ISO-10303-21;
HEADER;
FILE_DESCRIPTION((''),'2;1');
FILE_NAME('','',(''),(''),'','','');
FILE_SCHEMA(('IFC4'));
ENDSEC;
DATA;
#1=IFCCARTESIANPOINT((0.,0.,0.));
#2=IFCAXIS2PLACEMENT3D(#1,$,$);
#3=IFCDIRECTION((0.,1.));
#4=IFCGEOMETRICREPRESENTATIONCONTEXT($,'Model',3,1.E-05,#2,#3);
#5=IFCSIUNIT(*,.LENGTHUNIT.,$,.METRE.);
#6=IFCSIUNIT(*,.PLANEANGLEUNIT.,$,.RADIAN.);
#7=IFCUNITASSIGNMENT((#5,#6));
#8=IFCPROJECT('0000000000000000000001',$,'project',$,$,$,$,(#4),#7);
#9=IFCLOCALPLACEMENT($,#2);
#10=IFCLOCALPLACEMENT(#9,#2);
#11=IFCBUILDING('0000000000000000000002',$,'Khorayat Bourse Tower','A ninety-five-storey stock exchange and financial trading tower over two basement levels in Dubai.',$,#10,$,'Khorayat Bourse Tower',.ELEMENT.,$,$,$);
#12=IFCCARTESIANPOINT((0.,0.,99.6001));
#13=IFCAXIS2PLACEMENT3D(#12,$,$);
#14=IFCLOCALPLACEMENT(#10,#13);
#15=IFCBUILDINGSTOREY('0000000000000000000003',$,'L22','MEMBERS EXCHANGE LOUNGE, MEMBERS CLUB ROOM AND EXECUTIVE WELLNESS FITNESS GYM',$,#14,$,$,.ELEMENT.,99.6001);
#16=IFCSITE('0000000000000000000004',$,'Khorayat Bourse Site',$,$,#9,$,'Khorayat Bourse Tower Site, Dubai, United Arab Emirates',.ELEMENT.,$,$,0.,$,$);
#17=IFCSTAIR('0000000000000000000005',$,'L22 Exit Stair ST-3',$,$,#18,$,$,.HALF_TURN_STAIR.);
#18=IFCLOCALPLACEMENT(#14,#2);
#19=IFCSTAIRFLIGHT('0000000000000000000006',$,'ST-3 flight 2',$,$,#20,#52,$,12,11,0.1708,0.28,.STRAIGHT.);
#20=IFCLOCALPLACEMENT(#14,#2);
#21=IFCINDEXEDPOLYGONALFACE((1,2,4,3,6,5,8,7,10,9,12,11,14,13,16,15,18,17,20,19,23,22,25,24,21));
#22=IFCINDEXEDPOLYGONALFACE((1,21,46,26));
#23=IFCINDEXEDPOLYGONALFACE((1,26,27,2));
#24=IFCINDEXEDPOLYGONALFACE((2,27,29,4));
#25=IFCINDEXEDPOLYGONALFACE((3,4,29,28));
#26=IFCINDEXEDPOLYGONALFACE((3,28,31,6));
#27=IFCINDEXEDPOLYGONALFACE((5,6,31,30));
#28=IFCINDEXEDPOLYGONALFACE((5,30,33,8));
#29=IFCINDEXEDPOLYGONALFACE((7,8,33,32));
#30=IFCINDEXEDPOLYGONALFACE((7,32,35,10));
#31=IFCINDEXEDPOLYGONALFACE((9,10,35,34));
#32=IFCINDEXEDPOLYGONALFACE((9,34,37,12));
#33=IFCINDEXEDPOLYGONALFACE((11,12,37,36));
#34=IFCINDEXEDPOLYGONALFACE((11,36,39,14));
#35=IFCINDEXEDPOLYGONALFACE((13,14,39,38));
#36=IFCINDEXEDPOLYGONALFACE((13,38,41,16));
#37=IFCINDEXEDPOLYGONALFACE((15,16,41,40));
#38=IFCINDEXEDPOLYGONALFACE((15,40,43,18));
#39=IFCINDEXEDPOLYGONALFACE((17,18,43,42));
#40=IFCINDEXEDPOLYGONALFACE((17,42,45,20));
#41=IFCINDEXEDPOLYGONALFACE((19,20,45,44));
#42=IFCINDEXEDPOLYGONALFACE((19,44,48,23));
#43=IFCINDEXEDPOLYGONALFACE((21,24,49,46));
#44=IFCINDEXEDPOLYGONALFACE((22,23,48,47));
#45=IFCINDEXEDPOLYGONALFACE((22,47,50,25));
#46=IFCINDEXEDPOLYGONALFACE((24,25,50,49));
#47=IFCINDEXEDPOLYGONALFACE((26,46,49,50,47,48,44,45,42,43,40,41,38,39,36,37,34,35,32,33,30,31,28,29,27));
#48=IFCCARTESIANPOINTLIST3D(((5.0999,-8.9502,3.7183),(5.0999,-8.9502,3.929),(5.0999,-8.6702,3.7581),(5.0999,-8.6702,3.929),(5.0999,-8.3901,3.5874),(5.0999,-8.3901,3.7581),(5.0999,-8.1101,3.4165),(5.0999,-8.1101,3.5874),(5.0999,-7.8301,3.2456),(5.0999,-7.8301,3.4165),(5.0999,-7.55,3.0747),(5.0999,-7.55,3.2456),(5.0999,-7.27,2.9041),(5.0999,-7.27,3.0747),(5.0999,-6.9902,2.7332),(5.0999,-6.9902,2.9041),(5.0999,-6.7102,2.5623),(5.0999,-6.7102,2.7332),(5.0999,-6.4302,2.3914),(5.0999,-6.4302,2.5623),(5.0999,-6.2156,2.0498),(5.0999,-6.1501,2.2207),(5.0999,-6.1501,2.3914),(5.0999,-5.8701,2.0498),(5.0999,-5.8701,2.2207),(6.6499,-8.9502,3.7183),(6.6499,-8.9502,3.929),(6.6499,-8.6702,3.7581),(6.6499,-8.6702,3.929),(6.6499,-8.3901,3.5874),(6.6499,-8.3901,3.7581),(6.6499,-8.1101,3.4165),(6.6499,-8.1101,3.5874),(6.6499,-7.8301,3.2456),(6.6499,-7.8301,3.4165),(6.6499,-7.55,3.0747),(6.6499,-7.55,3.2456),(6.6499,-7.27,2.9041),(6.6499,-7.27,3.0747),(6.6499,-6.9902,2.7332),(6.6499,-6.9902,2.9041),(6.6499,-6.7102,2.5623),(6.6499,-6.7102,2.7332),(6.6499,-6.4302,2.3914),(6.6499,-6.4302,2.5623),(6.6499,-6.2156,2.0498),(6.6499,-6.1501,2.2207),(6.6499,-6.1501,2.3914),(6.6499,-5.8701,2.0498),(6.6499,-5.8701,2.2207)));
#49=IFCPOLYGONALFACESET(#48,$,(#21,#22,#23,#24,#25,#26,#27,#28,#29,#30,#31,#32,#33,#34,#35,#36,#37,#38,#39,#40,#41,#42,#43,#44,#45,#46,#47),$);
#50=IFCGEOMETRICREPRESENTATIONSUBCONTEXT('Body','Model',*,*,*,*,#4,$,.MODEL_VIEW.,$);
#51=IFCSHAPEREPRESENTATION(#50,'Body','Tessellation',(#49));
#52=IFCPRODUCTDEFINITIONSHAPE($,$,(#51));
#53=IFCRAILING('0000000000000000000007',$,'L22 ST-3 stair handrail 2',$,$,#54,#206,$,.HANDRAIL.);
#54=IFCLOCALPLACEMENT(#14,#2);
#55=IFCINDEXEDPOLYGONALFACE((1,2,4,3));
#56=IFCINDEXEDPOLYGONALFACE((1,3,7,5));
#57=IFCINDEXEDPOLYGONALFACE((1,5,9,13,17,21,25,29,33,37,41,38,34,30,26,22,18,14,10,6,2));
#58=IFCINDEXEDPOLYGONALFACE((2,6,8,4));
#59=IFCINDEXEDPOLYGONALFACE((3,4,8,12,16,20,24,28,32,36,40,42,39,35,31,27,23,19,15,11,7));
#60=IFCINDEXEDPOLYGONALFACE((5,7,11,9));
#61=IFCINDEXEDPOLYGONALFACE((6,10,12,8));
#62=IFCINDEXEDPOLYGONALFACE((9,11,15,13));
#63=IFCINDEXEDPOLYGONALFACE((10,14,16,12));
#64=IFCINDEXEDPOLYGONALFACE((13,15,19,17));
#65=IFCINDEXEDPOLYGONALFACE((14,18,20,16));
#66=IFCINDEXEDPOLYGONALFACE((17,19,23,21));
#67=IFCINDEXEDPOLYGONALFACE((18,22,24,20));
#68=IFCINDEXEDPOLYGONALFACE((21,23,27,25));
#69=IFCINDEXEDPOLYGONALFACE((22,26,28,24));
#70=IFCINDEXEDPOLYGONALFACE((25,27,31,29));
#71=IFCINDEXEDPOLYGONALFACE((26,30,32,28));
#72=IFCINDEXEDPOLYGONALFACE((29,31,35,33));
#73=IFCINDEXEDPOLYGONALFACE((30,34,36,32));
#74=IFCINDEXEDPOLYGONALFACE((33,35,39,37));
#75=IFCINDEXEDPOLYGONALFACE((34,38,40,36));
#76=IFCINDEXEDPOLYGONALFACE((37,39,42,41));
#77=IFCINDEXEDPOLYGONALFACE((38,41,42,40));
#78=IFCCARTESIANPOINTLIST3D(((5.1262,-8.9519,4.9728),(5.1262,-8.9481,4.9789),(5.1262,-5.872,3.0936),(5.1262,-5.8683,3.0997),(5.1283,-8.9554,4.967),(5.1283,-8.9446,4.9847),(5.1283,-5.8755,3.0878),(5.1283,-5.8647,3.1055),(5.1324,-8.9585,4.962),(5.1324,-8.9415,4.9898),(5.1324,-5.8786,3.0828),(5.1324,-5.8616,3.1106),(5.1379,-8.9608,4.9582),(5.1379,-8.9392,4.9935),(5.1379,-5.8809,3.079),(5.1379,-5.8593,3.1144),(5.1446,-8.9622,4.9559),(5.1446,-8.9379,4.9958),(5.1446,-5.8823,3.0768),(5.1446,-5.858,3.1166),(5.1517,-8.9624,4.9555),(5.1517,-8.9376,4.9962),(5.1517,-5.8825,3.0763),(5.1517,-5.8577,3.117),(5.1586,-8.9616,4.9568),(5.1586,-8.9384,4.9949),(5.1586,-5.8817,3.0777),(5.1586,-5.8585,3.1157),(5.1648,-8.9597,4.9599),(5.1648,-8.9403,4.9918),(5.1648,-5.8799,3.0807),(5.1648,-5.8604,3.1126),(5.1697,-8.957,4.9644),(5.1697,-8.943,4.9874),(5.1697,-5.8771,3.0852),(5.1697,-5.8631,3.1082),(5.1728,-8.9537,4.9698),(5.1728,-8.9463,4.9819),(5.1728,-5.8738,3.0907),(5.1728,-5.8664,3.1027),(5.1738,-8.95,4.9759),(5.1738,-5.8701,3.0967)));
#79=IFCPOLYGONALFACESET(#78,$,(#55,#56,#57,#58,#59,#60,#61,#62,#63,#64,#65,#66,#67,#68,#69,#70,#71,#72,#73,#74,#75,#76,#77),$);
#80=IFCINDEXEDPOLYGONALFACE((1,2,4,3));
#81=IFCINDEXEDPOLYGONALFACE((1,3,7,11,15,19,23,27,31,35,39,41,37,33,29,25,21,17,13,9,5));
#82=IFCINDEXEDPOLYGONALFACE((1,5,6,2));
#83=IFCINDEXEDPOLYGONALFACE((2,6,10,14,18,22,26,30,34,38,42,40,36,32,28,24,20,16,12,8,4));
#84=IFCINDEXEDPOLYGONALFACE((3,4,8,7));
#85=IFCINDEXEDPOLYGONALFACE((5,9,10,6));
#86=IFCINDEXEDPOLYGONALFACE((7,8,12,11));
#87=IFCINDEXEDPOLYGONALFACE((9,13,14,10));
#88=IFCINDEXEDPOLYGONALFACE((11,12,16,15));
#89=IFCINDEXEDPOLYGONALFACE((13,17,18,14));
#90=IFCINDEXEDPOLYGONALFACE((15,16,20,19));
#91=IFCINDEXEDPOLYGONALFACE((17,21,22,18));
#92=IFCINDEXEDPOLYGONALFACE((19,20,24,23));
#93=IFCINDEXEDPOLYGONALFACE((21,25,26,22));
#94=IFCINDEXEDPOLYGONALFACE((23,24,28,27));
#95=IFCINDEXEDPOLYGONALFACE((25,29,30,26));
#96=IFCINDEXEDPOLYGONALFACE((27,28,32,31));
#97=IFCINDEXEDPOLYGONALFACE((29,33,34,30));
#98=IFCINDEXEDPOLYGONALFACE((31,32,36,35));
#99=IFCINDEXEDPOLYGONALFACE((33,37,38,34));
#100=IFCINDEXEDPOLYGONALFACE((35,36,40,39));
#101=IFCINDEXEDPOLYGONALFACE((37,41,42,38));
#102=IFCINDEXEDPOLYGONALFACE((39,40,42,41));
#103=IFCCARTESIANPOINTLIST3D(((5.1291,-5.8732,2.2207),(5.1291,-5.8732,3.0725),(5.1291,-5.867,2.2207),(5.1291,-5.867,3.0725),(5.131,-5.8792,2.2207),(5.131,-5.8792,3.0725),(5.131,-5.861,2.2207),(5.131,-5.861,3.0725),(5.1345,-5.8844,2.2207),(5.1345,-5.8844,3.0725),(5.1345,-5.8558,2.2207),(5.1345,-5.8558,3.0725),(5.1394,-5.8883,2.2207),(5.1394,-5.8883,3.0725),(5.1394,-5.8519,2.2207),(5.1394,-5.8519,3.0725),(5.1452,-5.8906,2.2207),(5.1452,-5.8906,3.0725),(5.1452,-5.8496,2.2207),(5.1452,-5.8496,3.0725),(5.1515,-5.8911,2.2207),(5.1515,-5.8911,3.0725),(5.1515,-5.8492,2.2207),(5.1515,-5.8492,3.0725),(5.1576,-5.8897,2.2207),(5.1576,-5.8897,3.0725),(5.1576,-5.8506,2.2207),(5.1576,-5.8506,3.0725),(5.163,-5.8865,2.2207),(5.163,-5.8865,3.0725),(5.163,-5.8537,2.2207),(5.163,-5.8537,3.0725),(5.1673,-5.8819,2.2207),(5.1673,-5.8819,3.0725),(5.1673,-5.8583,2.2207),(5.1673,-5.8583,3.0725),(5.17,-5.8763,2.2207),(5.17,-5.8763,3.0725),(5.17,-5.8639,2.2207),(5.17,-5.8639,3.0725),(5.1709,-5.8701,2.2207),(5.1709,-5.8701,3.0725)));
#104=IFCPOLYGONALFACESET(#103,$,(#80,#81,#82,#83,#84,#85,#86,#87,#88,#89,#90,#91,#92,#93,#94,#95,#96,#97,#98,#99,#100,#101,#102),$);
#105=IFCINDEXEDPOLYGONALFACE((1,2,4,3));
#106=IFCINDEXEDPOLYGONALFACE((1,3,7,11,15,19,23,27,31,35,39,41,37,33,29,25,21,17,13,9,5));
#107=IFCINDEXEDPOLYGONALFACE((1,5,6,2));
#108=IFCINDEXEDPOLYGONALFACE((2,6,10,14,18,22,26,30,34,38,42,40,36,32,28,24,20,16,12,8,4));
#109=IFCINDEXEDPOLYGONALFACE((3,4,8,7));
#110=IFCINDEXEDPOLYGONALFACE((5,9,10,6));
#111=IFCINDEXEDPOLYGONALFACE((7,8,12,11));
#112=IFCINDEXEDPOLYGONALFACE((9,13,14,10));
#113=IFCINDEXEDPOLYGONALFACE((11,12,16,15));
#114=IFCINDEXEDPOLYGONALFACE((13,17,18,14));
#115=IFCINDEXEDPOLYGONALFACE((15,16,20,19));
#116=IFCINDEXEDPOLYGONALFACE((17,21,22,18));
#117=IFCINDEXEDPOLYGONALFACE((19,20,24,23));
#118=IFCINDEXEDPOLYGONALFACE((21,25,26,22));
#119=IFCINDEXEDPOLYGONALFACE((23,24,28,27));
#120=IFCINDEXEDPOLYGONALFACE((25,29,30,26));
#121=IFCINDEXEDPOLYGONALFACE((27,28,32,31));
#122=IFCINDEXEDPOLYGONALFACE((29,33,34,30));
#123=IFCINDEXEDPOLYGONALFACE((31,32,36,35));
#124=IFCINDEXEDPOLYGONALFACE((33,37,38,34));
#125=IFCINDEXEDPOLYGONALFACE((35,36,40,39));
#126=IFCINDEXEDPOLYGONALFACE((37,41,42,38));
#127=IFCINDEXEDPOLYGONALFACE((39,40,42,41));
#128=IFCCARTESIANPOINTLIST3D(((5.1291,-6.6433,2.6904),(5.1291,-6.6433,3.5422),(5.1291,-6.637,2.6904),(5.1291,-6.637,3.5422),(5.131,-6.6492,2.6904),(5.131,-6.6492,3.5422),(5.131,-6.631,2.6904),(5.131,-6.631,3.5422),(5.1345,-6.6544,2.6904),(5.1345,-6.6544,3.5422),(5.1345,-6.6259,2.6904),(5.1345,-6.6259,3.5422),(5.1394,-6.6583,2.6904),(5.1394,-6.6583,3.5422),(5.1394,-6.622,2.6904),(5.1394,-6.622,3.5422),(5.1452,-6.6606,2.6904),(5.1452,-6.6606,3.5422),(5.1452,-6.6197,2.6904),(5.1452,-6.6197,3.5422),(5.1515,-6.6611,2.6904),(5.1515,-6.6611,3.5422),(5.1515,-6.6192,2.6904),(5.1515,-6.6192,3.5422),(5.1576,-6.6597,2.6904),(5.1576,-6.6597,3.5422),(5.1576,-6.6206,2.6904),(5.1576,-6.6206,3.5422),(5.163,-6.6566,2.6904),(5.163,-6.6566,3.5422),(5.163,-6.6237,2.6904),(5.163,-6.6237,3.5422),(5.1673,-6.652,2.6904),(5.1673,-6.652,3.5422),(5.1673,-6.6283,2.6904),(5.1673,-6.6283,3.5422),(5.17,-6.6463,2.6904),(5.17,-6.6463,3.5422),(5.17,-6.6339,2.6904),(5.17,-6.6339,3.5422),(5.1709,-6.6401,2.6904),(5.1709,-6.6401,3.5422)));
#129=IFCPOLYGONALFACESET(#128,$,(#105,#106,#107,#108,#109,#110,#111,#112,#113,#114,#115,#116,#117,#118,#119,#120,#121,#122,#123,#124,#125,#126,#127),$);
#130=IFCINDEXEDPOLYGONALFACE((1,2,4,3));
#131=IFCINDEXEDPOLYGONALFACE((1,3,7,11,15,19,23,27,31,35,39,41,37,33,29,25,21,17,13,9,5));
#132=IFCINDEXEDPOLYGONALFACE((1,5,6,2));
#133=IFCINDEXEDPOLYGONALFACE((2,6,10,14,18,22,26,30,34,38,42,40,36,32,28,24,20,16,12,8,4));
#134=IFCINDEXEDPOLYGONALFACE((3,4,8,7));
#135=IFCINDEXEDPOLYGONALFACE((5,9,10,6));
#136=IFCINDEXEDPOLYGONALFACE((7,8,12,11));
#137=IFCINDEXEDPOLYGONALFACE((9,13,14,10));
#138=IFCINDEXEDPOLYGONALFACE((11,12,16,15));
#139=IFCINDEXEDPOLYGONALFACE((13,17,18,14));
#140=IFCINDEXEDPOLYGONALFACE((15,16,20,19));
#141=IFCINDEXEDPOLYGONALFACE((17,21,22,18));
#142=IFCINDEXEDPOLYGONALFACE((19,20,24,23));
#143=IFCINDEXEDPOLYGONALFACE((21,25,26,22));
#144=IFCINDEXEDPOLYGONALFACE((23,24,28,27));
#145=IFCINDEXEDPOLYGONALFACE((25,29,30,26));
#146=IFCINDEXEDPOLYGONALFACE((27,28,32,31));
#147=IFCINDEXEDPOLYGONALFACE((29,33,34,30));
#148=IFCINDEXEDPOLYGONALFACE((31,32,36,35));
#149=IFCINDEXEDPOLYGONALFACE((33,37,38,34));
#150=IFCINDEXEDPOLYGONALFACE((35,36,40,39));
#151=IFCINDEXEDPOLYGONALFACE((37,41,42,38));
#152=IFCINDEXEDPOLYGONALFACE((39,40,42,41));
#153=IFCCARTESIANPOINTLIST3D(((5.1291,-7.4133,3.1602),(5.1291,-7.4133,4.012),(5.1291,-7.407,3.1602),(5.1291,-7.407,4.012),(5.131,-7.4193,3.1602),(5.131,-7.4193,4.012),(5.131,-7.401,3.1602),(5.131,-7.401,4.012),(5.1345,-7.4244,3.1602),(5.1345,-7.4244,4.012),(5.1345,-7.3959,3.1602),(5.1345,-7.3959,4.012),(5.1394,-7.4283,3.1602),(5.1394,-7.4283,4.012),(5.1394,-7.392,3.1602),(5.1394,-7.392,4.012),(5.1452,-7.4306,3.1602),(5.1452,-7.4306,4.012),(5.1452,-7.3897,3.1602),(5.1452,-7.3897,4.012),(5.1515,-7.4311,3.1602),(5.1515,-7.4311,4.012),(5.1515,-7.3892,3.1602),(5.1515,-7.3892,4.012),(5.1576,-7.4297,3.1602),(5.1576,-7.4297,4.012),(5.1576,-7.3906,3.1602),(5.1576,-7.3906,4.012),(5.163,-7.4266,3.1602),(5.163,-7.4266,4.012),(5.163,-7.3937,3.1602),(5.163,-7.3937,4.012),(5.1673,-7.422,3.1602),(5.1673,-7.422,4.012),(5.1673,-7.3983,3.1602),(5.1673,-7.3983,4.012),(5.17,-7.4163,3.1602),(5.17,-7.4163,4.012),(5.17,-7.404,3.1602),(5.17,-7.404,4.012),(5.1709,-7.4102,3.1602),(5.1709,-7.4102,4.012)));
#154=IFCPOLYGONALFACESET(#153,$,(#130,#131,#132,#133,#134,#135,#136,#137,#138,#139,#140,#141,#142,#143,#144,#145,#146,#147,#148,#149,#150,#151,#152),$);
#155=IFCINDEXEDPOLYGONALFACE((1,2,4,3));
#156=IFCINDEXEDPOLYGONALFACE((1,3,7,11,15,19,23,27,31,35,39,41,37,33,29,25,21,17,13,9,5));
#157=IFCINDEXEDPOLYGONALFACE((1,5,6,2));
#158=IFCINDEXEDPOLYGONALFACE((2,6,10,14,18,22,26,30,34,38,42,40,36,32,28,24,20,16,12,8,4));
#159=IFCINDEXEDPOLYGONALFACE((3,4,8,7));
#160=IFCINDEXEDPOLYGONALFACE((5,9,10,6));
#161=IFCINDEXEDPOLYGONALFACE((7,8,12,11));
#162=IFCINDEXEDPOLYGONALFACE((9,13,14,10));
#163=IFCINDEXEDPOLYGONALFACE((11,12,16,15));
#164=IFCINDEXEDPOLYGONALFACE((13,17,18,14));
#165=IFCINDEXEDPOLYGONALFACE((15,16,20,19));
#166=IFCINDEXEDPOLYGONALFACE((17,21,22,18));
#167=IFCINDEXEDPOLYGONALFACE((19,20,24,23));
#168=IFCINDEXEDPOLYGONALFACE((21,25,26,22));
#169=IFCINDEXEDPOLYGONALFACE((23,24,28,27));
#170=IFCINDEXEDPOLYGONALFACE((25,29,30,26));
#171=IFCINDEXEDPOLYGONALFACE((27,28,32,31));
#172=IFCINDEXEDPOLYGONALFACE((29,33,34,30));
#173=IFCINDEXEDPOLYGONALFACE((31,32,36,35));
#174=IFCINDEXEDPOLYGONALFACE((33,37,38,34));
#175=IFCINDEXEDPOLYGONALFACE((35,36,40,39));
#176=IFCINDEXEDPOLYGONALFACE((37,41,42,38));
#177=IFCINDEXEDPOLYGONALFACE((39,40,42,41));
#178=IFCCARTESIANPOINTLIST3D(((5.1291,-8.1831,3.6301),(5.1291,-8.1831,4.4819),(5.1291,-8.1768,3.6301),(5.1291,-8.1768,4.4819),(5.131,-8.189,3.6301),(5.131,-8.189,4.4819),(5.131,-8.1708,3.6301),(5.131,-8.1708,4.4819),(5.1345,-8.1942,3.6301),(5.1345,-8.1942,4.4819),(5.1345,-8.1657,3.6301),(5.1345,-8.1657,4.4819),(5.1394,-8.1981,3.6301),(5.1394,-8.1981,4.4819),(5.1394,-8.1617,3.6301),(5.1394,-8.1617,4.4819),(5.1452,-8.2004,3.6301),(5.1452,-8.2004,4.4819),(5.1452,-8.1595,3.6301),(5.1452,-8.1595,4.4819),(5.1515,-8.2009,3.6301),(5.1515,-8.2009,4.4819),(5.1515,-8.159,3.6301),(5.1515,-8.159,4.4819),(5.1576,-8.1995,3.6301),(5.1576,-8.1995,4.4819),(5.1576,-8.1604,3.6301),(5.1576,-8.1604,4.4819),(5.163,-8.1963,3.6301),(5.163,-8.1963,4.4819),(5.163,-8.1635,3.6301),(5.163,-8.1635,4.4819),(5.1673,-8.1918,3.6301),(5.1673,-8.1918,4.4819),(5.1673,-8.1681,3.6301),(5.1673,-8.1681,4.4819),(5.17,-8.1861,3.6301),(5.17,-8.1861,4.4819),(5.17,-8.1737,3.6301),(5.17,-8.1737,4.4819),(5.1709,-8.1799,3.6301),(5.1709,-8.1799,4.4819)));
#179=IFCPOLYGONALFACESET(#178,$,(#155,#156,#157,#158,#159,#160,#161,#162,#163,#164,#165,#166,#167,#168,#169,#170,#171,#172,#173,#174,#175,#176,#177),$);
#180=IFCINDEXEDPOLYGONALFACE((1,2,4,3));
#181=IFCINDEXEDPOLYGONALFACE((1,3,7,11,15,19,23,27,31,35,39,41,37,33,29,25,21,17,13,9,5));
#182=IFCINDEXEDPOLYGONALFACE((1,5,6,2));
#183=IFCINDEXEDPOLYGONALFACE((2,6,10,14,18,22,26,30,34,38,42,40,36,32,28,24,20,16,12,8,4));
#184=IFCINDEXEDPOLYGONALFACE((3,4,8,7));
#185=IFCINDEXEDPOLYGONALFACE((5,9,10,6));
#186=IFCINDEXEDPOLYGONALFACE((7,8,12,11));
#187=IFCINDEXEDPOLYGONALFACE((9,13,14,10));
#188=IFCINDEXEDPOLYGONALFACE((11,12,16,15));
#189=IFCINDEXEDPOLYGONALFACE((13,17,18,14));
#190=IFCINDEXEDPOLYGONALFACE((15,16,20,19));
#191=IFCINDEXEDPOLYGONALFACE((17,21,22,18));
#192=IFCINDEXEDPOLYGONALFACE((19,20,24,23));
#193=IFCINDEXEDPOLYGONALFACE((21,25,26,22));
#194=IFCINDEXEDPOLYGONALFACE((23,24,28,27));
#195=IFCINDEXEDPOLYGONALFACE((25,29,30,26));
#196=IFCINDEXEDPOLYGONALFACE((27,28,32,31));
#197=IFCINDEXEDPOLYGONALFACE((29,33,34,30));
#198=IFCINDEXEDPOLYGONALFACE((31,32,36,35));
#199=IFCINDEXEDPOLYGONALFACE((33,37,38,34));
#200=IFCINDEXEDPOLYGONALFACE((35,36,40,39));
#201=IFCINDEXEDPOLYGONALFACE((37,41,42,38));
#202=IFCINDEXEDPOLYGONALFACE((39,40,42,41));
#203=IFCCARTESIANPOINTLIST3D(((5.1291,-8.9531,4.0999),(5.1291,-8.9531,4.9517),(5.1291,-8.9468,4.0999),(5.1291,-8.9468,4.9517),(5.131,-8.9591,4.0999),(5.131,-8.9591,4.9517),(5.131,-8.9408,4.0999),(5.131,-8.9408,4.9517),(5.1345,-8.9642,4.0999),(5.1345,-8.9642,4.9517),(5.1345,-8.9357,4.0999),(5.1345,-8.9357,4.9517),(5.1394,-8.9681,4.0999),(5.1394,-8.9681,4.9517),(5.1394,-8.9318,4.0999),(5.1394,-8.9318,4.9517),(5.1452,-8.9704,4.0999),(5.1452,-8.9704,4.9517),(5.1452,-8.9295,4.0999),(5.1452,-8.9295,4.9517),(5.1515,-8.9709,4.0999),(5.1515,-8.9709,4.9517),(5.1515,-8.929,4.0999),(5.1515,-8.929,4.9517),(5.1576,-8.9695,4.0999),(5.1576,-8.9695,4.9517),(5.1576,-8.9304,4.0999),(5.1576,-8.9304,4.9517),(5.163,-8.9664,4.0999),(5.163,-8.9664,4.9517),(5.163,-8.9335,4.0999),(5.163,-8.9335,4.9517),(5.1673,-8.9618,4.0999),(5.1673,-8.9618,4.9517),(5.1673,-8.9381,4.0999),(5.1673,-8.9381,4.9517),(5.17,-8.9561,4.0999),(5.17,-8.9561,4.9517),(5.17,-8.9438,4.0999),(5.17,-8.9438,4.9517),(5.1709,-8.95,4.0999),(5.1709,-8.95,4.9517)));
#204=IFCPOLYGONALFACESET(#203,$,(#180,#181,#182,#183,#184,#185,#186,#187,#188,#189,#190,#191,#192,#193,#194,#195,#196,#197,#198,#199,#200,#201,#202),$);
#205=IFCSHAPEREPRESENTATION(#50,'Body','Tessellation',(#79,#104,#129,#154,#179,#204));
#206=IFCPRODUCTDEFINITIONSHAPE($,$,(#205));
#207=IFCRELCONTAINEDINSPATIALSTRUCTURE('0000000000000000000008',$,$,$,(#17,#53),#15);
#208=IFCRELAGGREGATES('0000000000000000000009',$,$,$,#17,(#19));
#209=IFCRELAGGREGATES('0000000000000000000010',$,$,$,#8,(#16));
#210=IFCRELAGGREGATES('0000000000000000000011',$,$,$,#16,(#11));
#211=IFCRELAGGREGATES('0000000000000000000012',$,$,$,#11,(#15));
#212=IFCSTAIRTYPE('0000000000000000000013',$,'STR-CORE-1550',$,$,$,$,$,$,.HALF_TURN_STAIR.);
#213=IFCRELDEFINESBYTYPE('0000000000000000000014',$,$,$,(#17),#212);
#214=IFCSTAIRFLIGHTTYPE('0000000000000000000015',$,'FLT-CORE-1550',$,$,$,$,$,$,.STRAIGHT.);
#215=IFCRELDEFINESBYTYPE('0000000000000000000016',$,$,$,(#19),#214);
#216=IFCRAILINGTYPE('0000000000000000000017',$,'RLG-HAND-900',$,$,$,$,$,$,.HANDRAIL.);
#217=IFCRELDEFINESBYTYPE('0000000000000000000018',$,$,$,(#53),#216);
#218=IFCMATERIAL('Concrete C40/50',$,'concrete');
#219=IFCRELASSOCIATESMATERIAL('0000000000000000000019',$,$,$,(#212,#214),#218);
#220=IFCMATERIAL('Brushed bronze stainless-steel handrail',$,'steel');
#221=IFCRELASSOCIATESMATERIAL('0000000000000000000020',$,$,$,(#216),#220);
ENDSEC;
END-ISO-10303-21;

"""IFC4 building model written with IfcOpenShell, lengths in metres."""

from ifc_helpers import new_model, si_unit, direction, frame, origin, origin_2d, place, context, subcontext, project, spatial, polyline, circle, outline, extrude, source, transform, mapped, material, type_object, element, aggregate, save


model = new_model("IFC4")

# Units and contexts
model_context = context("Model", 3, precision=1e-05, world=origin(), true_north=direction((0.0, 1.0)))
body_context = subcontext(model_context, "Body", "Model", "MODEL_VIEW")
ifc_project = project(units=[si_unit("LENGTHUNIT", "METRE"), si_unit("PLANEANGLEUNIT", "RADIAN")], contexts=[model_context])

# Site, building, storey
site_placement = place(None, origin())
site = spatial("IfcSite", under=ifc_project, at=site_placement, Name="Khorayat Bourse Site", LongName="Khorayat Bourse Tower Site, Dubai, United Arab Emirates", CompositionType="ELEMENT", RefElevation=0.0)
building_placement = place(site_placement, origin())
building = spatial("IfcBuilding", under=site, at=building_placement, Name="Khorayat Bourse Tower", Description="A ninety-five-storey stock exchange and financial trading tower over two basement levels in Dubai.", LongName="Khorayat Bourse Tower", CompositionType="ELEMENT")
storey_placement = place(building_placement, frame((0.0, 0.0, 99.6001)))
storey = spatial("IfcBuildingStorey", under=building, at=storey_placement, Name="L22", Description="MEMBERS EXCHANGE LOUNGE, MEMBERS CLUB ROOM AND EXECUTIVE WELLNESS FITNESS GYM", CompositionType="ELEMENT", Elevation=99.6001)

# Stair, stair flight
ifc_material_1 = material(Name="Concrete C40/50", Category="concrete")
stair_type = type_object("IfcStairType", Name="STR-CORE-1550", PredefinedType="HALF_TURN_STAIR", material=ifc_material_1)
stair_placement = place(storey_placement, origin())
stair = element("IfcStair", 1, at=stair_placement, inside=storey, type_object=stair_type, Name="L22 Exit Stair ST-3", PredefinedType="HALF_TURN_STAIR")
stair_flight_type = type_object("IfcStairFlightType", Name="FLT-CORE-1550", PredefinedType="STRAIGHT", material=ifc_material_1)
shared_shape_1 = source(origin(), body_context, "Body", "SweptSolid", [
    extrude(outline(polyline([(0.0, 0.0), (0.0, 0.1709), (0.28, 0.1709), (0.28, 0.3416), (0.5601, 0.3416), (0.5601, 0.5125), (0.8401, 0.5125), (0.8401, 0.6833), (1.1201, 0.6833), (1.1201, 0.8542), (1.3999, 0.8542), (1.3999, 1.0249), (1.6799, 1.0249), (1.6799, 1.1958), (1.96, 1.1958), (1.96, 1.3667), (2.24, 1.3667), (2.24, 1.5376), (2.52, 1.5376), (2.52, 1.7083), (2.8, 1.7083), (2.8, 1.8792), (3.0801, 1.8792), (3.0801, 2.05), (3.0801, 1.6685), (0.3455, 0.0), (0.0, 0.0)])), frame((0.0, 0.7749, 0.0), z_axis=(0.0, -1.0, 0.0), x_axis=(1.0, 0.0, 0.0)), (0.0, 0.0, 1.0), 1.55),
])
stair_flight_placement = place(storey_placement, frame((5.875, -5.8701, 2.0498), z_axis=(0.0, 0.0, 1.0), x_axis=(0.0, -1.0, 0.0)))
stair_flight = element("IfcStairFlight", 2, at=stair_flight_placement, type_object=stair_flight_type, Name="ST-3 flight 2", NumberOfRisers=12, NumberOfTreads=11, PredefinedType="STRAIGHT", RiserHeight=0.1708, TreadLength=0.28, context=body_context, shape_type="MappedRepresentation", body=[
    mapped(shared_shape_1, transform((0.0, 0.0, 0.0), scale=1.0)),
])
aggregate(stair, [stair_flight])

# Railing
ifc_material_2 = material(Name="Brushed bronze stainless-steel handrail", Category="steel")
railing_type = type_object("IfcRailingType", Name="RLG-HAND-900", PredefinedType="HANDRAIL", material=ifc_material_2)
shared_shape_2 = source(origin(), body_context, "Body", "SweptSolid", [
    extrude(circle(Radius=0.0239, at=origin_2d()), frame((0.0, 0.0, 0.876), z_axis=(0.0, -0.853648, 0.52085), x_axis=(1.0, 0.0, 0.0)), (0.0, 0.0, 1.0), 3.6079),
    extrude(circle(Radius=0.021, at=origin_2d()), origin(), (0.0, 0.0, 1.0), 0.8518),
    extrude(circle(Radius=0.021, at=origin_2d()), frame((0.0, -0.77, 0.4697)), (0.0, 0.0, 1.0), 0.8518),
    extrude(circle(Radius=0.021, at=origin_2d()), frame((0.0, -1.54, 0.9395)), (0.0, 0.0, 1.0), 0.8518),
    extrude(circle(Radius=0.021, at=origin_2d()), frame((0.0, -2.3098, 1.4094)), (0.0, 0.0, 1.0), 0.8518),
    extrude(circle(Radius=0.021, at=origin_2d()), frame((0.0, -3.0798, 1.8792)), (0.0, 0.0, 1.0), 0.8518),
])
railing_placement = place(storey_placement, frame((5.1499, -5.8701, 2.2207)))
element("IfcRailing", 3, at=railing_placement, inside=storey, type_object=railing_type, Name="L22 ST-3 stair handrail 2", PredefinedType="HANDRAIL", context=body_context, shape_type="MappedRepresentation", body=[
    mapped(shared_shape_2, transform((0.0, 0.0, 0.0), scale=1.0)),
])

save(model, "model.ifc")
